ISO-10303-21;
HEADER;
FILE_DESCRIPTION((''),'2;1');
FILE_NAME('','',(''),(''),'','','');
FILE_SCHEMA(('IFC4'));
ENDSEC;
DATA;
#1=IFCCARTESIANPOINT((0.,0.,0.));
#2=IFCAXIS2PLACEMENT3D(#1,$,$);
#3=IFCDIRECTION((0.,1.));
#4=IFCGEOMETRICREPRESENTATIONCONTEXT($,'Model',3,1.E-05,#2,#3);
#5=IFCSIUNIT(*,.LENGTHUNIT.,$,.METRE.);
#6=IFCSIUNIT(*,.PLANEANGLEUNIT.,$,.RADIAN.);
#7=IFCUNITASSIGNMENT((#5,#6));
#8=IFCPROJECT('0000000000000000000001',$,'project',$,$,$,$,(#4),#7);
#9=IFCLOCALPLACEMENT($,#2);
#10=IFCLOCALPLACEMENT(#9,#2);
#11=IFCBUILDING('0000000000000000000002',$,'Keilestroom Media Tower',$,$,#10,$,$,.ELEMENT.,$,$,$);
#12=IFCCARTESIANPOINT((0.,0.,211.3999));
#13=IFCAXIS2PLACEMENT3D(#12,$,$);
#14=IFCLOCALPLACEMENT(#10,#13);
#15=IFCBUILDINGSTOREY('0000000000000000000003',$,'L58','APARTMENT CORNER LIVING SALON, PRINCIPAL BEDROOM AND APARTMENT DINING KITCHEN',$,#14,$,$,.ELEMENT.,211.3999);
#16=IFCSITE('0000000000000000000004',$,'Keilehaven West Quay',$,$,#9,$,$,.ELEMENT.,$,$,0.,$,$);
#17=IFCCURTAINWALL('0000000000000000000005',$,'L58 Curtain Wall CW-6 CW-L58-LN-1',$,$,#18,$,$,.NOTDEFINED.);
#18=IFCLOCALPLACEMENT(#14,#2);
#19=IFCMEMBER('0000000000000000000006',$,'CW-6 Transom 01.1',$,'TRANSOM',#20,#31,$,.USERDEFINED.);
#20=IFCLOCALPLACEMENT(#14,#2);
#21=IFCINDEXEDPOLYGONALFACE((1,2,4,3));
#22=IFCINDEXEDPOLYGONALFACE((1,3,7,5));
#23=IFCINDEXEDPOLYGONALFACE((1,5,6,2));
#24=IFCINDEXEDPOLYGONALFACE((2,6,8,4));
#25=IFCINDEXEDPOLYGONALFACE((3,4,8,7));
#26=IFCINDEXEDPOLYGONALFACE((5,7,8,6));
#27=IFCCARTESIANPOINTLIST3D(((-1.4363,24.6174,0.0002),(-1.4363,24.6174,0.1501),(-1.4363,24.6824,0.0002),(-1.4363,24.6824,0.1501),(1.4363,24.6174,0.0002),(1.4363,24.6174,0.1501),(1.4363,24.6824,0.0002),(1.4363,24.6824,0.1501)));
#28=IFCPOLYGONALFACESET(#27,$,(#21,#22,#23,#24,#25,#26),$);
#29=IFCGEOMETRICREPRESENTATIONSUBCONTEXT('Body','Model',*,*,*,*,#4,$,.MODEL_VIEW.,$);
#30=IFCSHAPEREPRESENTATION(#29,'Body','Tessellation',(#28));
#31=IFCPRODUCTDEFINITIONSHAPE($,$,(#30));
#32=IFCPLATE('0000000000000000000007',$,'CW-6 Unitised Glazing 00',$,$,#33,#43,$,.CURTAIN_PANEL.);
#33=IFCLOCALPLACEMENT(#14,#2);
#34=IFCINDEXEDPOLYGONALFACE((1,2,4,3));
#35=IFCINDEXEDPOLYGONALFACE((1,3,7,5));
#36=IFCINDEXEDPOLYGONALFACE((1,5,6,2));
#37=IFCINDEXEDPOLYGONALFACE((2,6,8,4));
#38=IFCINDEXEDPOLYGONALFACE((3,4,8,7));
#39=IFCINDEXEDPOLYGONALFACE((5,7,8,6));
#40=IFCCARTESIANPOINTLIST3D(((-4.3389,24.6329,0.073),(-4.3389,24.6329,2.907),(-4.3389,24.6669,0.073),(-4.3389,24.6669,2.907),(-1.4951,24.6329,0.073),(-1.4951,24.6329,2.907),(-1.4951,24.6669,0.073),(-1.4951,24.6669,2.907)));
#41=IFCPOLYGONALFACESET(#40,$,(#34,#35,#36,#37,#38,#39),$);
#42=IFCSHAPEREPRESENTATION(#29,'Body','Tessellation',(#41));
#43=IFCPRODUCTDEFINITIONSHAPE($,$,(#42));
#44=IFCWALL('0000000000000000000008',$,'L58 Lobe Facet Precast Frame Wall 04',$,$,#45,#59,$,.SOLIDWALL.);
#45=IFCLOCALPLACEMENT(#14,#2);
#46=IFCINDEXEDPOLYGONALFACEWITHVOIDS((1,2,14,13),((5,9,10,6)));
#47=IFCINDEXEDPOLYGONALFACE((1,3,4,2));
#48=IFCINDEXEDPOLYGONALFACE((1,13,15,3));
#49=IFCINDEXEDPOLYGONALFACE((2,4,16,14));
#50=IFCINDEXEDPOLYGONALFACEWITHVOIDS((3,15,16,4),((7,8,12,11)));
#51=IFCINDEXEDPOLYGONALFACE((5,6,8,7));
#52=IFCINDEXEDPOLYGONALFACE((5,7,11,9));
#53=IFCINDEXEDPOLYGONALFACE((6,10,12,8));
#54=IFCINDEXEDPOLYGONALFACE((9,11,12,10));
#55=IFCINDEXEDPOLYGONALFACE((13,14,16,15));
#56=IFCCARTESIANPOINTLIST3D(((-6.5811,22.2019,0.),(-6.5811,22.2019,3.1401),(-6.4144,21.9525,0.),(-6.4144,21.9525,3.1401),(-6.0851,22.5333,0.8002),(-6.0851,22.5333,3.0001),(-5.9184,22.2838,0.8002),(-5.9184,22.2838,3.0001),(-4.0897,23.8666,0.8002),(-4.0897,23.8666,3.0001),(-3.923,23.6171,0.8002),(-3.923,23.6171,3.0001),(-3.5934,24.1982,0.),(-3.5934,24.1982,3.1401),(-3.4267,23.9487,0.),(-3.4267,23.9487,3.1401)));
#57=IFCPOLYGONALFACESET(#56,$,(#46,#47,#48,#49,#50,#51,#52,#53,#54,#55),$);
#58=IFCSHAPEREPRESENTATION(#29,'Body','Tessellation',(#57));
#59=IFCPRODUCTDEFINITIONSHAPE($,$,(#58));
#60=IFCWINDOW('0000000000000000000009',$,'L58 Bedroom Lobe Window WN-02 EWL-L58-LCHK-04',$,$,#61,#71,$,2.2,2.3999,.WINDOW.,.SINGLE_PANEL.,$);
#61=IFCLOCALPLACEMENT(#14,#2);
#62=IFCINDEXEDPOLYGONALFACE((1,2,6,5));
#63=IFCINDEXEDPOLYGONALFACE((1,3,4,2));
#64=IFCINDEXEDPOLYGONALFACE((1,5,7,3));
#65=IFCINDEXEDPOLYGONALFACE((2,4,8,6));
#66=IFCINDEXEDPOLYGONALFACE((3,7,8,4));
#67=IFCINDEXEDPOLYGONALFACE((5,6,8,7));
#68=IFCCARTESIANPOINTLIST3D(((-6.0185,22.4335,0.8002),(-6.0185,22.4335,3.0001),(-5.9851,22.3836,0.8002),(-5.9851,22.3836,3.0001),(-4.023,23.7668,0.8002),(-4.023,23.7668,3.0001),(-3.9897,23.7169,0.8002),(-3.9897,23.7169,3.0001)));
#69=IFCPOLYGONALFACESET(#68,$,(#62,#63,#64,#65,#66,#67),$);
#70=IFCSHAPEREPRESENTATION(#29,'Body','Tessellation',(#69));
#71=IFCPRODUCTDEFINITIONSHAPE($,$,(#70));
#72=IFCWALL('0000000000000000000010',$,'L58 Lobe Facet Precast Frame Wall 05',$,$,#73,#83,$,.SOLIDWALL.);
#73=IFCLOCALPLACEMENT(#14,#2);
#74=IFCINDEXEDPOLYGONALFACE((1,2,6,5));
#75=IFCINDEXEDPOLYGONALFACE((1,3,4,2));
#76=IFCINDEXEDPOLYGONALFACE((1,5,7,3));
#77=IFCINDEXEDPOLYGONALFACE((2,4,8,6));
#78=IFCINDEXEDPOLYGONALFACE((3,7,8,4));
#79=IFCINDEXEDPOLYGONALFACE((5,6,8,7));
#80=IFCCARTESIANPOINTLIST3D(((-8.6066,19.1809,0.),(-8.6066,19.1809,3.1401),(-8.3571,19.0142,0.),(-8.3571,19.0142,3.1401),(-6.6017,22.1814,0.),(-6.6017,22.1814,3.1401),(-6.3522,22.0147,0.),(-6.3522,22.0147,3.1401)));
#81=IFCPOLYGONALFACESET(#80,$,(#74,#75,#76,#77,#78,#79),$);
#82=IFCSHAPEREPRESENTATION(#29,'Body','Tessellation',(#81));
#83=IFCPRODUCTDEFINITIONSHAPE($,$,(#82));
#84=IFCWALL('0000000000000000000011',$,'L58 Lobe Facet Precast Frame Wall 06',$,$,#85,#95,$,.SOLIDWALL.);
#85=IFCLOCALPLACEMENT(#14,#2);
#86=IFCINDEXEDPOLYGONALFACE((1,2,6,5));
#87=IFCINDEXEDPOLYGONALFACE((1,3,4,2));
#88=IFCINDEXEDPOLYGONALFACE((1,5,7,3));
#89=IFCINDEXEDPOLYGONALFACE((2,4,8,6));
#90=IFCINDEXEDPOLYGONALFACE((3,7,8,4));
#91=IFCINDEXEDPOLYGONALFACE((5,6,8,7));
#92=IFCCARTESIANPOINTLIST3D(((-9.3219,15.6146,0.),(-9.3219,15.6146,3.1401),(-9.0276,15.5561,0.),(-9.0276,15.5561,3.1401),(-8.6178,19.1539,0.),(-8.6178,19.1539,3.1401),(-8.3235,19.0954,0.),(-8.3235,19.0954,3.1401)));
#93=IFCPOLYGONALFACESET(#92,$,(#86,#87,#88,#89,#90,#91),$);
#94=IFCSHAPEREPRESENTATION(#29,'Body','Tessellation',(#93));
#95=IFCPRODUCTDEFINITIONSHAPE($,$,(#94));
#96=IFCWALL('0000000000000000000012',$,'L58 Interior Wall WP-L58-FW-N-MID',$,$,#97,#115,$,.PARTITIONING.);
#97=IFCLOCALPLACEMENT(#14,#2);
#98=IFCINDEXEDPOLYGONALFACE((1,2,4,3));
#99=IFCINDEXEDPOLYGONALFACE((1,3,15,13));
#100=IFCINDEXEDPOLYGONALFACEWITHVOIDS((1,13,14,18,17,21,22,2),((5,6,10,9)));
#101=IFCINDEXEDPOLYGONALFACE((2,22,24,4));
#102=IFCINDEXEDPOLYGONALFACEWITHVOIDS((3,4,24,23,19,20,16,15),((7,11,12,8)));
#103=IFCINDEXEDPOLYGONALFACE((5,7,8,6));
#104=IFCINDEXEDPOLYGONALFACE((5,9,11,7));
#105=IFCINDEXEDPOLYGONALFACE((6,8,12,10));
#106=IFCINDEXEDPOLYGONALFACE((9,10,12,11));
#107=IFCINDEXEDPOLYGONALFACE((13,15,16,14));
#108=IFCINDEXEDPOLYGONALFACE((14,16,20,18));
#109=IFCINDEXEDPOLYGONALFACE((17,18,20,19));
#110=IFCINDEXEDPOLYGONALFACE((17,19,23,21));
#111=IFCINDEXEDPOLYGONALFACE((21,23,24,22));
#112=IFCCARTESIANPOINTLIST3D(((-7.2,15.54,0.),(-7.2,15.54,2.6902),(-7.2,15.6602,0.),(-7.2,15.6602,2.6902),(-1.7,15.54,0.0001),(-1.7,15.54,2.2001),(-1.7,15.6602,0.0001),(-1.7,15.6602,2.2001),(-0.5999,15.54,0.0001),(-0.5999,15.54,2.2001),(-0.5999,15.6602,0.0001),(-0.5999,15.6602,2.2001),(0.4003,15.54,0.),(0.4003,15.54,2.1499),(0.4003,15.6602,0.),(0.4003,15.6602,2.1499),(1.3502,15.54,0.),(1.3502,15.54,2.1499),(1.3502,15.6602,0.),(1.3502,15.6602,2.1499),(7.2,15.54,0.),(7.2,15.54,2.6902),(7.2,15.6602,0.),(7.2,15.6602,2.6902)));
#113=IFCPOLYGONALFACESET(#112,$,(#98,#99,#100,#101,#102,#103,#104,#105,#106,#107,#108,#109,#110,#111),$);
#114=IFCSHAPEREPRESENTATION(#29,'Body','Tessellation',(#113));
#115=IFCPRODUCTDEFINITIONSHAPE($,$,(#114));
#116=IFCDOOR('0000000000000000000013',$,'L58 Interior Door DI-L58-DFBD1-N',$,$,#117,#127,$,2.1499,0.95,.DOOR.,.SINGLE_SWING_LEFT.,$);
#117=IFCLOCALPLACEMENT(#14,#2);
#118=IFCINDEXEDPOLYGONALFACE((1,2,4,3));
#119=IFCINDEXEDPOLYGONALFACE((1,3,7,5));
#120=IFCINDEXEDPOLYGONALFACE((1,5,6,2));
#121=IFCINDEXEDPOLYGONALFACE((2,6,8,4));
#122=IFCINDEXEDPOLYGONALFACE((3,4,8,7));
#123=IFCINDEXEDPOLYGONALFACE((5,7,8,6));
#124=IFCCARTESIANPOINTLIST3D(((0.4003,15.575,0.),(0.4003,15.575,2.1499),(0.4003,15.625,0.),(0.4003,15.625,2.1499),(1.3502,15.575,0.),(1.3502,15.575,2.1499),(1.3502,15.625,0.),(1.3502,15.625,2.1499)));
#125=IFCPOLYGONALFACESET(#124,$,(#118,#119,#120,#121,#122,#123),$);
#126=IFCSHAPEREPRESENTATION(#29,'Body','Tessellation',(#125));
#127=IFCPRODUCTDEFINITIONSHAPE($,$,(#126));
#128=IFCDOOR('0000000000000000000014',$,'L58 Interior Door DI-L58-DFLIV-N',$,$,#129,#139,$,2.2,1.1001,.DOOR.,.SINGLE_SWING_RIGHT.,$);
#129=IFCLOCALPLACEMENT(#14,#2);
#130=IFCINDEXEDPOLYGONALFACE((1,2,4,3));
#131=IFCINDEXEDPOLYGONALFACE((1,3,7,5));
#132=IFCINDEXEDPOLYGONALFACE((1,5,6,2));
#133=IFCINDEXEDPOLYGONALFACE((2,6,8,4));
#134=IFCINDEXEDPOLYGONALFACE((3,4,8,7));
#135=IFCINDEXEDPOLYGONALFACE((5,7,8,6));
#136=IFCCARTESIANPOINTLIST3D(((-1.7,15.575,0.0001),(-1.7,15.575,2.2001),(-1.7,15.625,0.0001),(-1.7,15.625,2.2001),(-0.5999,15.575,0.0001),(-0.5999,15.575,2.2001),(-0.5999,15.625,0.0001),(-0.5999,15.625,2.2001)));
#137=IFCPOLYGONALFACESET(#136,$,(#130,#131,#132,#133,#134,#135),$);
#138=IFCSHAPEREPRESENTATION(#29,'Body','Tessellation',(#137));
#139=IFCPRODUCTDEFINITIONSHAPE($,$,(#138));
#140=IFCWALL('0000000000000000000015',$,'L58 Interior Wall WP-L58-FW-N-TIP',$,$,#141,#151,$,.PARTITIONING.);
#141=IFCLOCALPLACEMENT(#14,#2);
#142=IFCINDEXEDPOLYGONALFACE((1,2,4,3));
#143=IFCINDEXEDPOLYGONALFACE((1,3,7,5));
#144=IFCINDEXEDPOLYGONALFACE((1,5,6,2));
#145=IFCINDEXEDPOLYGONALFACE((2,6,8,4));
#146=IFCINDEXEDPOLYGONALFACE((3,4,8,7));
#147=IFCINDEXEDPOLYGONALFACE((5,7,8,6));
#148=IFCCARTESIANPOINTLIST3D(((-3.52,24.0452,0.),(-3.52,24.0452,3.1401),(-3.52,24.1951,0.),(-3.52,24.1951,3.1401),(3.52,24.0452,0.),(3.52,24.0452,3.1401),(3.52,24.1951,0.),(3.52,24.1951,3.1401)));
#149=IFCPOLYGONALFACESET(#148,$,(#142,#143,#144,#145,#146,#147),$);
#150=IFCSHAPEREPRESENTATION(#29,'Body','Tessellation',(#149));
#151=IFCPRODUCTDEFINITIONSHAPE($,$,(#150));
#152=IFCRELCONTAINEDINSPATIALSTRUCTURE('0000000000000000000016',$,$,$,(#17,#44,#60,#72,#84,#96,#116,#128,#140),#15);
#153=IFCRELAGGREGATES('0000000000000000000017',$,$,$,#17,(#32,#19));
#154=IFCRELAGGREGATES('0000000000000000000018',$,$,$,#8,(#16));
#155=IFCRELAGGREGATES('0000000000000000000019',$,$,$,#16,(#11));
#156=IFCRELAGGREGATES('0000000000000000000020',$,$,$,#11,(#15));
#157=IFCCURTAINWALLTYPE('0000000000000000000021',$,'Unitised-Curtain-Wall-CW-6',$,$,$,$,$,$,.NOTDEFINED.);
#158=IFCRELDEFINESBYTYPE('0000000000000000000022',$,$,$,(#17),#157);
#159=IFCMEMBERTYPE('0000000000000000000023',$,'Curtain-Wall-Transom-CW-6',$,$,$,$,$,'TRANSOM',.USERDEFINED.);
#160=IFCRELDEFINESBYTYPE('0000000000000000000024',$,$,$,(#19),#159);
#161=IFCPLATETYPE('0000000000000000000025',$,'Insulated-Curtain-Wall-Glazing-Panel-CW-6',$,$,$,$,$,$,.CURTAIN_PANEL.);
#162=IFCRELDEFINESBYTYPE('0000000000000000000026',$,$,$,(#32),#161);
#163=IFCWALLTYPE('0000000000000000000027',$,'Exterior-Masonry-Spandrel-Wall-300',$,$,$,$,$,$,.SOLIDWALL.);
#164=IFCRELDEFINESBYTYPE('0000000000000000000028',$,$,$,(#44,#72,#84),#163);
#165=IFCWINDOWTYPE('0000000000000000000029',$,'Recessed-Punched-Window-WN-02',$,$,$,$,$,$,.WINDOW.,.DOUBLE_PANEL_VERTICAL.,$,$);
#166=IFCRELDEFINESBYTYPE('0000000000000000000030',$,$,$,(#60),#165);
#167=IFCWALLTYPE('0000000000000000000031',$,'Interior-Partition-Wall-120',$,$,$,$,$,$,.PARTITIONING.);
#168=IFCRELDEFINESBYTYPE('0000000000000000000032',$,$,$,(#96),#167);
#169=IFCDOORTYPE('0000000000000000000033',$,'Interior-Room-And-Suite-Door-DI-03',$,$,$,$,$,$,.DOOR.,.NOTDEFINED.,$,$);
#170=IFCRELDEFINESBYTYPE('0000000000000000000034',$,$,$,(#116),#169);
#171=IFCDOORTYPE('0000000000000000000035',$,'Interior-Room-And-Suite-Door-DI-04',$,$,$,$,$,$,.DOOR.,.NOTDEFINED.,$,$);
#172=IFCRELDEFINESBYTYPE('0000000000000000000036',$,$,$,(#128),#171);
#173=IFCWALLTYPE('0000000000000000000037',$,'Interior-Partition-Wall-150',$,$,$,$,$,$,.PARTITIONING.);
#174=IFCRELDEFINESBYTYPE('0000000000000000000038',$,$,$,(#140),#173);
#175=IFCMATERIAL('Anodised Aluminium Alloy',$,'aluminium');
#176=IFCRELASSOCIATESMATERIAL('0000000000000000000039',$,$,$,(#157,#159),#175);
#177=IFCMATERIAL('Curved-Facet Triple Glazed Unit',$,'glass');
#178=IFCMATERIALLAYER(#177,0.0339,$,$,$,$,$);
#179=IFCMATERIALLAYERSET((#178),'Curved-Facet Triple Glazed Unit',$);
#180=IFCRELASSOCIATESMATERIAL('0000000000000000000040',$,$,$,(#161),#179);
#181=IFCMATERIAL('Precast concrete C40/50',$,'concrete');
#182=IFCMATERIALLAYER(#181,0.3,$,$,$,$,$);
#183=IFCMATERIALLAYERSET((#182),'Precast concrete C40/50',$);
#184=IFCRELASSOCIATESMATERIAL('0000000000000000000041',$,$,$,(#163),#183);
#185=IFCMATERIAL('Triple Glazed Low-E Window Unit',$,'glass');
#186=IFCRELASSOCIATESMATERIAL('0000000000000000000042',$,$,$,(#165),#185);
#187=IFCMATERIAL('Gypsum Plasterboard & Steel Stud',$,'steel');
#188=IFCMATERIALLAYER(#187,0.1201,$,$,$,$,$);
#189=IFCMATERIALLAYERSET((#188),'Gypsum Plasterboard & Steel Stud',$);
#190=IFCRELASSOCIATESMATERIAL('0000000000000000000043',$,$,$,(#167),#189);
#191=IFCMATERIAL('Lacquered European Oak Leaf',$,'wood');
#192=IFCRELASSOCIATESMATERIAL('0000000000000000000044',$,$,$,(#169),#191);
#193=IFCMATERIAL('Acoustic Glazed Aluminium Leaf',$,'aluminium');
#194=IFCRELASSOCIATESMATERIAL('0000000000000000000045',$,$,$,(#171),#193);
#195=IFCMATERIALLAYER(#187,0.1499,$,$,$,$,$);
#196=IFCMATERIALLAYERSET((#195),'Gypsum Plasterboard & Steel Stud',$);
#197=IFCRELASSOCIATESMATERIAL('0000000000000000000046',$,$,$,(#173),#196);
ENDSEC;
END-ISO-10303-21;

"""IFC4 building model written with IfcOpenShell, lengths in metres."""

from ifc_helpers import new_model, si_unit, direction, frame, frame_2d, origin, origin_2d, place, context, subcontext, project, spatial, rectangle, extrude, source, transform, mapped, material, layer, layer_set, material_profile, profile_set, type_object, element, fill, aggregate, save


model = new_model("IFC4")

# Units and contexts
model_context = context("Model", 3, precision=1e-05, world=origin(), true_north=direction((0.0, 1.0)))
body_context = subcontext(model_context, "Body", "Model", "MODEL_VIEW")
ifc_project = project(units=[si_unit("LENGTHUNIT", "METRE"), si_unit("PLANEANGLEUNIT", "RADIAN")], contexts=[model_context])

# Site, building, storey
site_placement = place(None, origin())
site = spatial("IfcSite", under=ifc_project, at=site_placement, Name="Keilehaven West Quay", CompositionType="ELEMENT", RefElevation=0.0)
building_placement = place(site_placement, origin())
building = spatial("IfcBuilding", under=site, at=building_placement, Name="Keilestroom Media Tower", CompositionType="ELEMENT")
storey_placement = place(building_placement, frame((0.0, 0.0, 211.3999)))
storey = spatial("IfcBuildingStorey", under=building, at=storey_placement, Name="L58", Description="APARTMENT CORNER LIVING SALON, PRINCIPAL BEDROOM AND APARTMENT DINING KITCHEN", CompositionType="ELEMENT", Elevation=211.3999)

# Curtain wall, member, plate
ifc_material_1 = material(Name="Anodised Aluminium Alloy", Category="aluminium")
curtain_wall_type = type_object("IfcCurtainWallType", Name="Unitised-Curtain-Wall-CW-6", PredefinedType="NOTDEFINED", material=ifc_material_1)
curtain_wall_placement = place(storey_placement, origin())
curtain_wall = element("IfcCurtainWall", 1, at=curtain_wall_placement, inside=storey, type_object=curtain_wall_type, Name="L58 Curtain Wall CW-6 CW-L58-LN-1", PredefinedType="NOTDEFINED")
ifc_material_profile_1 = material_profile(ifc_material_1, rectangle(XDim=0.0649, YDim=0.1499, at=origin_2d()), Name="ALU TRANSOM 65x150")
ifc_profile_set_1 = profile_set([ifc_material_profile_1], Name="Anodised Aluminium Alloy")
member_type_1 = type_object("IfcMemberType", Name="Curtain-Wall-Transom-CW-6", ElementType="TRANSOM", PredefinedType="USERDEFINED", material=ifc_profile_set_1)
shared_shape_1 = source(origin(), body_context, "Body", "SweptSolid", [
    extrude(rectangle(XDim=0.0649, YDim=0.1499, at=origin_2d()), origin(), (0.0, 0.0, 1.0), 2.8726),
])
member_1_placement = place(storey_placement, frame((-1.4363, 24.6499, 0.0752), z_axis=(1.0, 0.0, 0.0), x_axis=(0.0, 1.0, 0.0)))
member_1 = element("IfcMember", 2, at=member_1_placement, type_object=member_type_1, Name="CW-6 Transom 01.1", ObjectType="TRANSOM", PredefinedType="USERDEFINED", context=body_context, shape_type="MappedRepresentation", body=[
    mapped(shared_shape_1, transform((0.0, 0.0, 0.0), x_axis=(1.0, 0.0, 0.0), y_axis=(0.0, 1.0, 0.0), z_axis=(0.0, 0.0, 1.0), scale=1.0)),
])
ifc_material_2 = material(Name="Curved-Facet Triple Glazed Unit", Category="glass")
ifc_layer_1 = layer(ifc_material_2, 0.0339)
ifc_layer_set_1 = layer_set([ifc_layer_1], Name="Curved-Facet Triple Glazed Unit")
plate_type = type_object("IfcPlateType", Name="Insulated-Curtain-Wall-Glazing-Panel-CW-6", PredefinedType="CURTAIN_PANEL", material=ifc_layer_set_1)
shared_shape_2 = source(origin(), body_context, "Body", "SweptSolid", [
    extrude(rectangle(XDim=2.8438, YDim=0.0339, at=origin_2d()), origin(), (0.0, 0.0, 1.0), 2.834),
])
plate_placement = place(storey_placement, frame((-2.917, 24.6499, 0.073), z_axis=(0.0, 0.0, 1.0), x_axis=(1.0, 0.0, 0.0)))
plate = element("IfcPlate", 3, at=plate_placement, type_object=plate_type, Name="CW-6 Unitised Glazing 00", PredefinedType="CURTAIN_PANEL", context=body_context, shape_type="MappedRepresentation", body=[
    mapped(shared_shape_2, transform((0.0, 0.0, 0.0), x_axis=(1.0, 0.0, 0.0), y_axis=(0.0, 1.0, 0.0), z_axis=(0.0, 0.0, 1.0), scale=1.0)),
])
aggregate(curtain_wall, [plate, member_1])

# Wall, opening, window
ifc_material_3 = material(Name="Precast concrete C40/50", Category="concrete")
ifc_layer_2 = layer(ifc_material_3, 0.3)
ifc_layer_set_2 = layer_set([ifc_layer_2], Name="Precast concrete C40/50")
wall_type_1 = type_object("IfcWallType", Name="Exterior-Masonry-Spandrel-Wall-300", PredefinedType="SOLIDWALL", material=ifc_layer_set_2)
wall_1_placement = place(storey_placement, frame((-3.51, 24.0735, 0.0), z_axis=(0.0, 0.0, 1.0), x_axis=(-0.831475, -0.555562, 0.0)))
wall_1 = element("IfcWall", 4, at=wall_1_placement, inside=storey, type_object=wall_type_1, Name="L58 Lobe Facet Precast Frame Wall 04", PredefinedType="SOLIDWALL", context=body_context, shape_type="SweptSolid", body=[
    extrude(rectangle(XDim=3.5933, YDim=0.3, at=frame_2d((1.7966, 0.0))), origin(), (0.0, 0.0, 1.0), 3.1401),
])
opening_1_placement = place(wall_1_placement, frame((0.5969, 0.0, 0.8)))
opening_1 = element("IfcOpeningElement", 5, at=opening_1_placement, cuts=wall_1, PredefinedType="OPENING", context=body_context, shape_type="SweptSolid", body=[
    extrude(rectangle(XDim=2.3999, YDim=2.2, at=frame_2d((1.2, 1.1001))), frame((0.0, 0.1602, 0.0), z_axis=(0.0, -1.0, 0.0), x_axis=(1.0, 0.0, 0.0)), (0.0, 0.0, 1.0), 0.3201),
])
ifc_material_4 = material(Name="Triple Glazed Low-E Window Unit", Category="glass")
window_type = type_object("IfcWindowType", Name="Recessed-Punched-Window-WN-02", PartitioningType="DOUBLE_PANEL_VERTICAL", PredefinedType="WINDOW", material=ifc_material_4)
shared_shape_3 = source(origin(), body_context, "Body", "SweptSolid", [
    extrude(rectangle(XDim=2.3999, YDim=2.2, at=frame_2d((1.2, 1.1001))), frame((0.0, 0.03, 0.0), z_axis=(0.0, -1.0, 0.0), x_axis=(1.0, 0.0, 0.0)), (0.0, 0.0, 1.0), 0.0601),
])
window_placement = place(opening_1_placement, origin())
window = element("IfcWindow", 6, at=window_placement, inside=storey, type_object=window_type, Name="L58 Bedroom Lobe Window WN-02 EWL-L58-LCHK-04", OverallHeight=2.2, OverallWidth=2.3999, PartitioningType="SINGLE_PANEL", PredefinedType="WINDOW", context=body_context, shape_type="MappedRepresentation", body=[
    mapped(shared_shape_3, transform((0.0, 0.0, 0.0), x_axis=(1.0, 0.0, 0.0), y_axis=(0.0, 1.0, 0.0), z_axis=(0.0, 0.0, 1.0), scale=1.0)),
])
fill(opening_1, window)

# Walls
for number, where, z_axis, x_axis, name in (
    (7, (-6.4771, 22.0979, 0.0), (0.0, 0.0, 1.0), (-0.555574, -0.831467, 0.0), "L58 Lobe Facet Precast Frame Wall 05"),
    (8, (-8.4707, 19.1245, 0.0), (0.0, 0.0, 1.0), (-0.195114, -0.980781, 0.0), "L58 Lobe Facet Precast Frame Wall 06"),
):
    element("IfcWall", number, at=place(storey_placement, frame(where, z_axis=z_axis, x_axis=x_axis)), inside=storey, type_object=wall_type_1, Name=name, PredefinedType="SOLIDWALL", context=body_context, shape_type="SweptSolid", body=[
        extrude(rectangle(XDim=3.6086, YDim=0.3, at=frame_2d((1.8042, 0.0))), origin(), (0.0, 0.0, 1.0), 3.1401),
    ])

# Wall, openings, doors
ifc_material_5 = material(Name="Gypsum Plasterboard & Steel Stud", Category="steel")
ifc_layer_3 = layer(ifc_material_5, 0.1201)
ifc_layer_set_3 = layer_set([ifc_layer_3], Name="Gypsum Plasterboard & Steel Stud")
wall_type_2 = type_object("IfcWallType", Name="Interior-Partition-Wall-120", PredefinedType="PARTITIONING", material=ifc_layer_set_3)
wall_2_placement = place(storey_placement, frame((-7.2, 15.6001, 0.0), z_axis=(0.0, 0.0, 1.0), x_axis=(1.0, 0.0, 0.0)))
wall_2 = element("IfcWall", 9, at=wall_2_placement, inside=storey, type_object=wall_type_2, Name="L58 Interior Wall WP-L58-FW-N-MID", PredefinedType="PARTITIONING", context=body_context, shape_type="SweptSolid", body=[
    extrude(rectangle(XDim=14.3999, YDim=0.1201, at=frame_2d((7.2, 0.0))), origin(), (0.0, 0.0, 1.0), 2.6902),
])
opening_2_placement = place(wall_2_placement, frame((5.5, 0.0, 0.0)))
opening_2 = element("IfcOpeningElement", 10, at=opening_2_placement, cuts=wall_2, PredefinedType="OPENING", context=body_context, shape_type="SweptSolid", body=[
    extrude(rectangle(XDim=1.1001, YDim=2.2, at=frame_2d((0.55, 1.1001))), frame((0.0, 0.0701, 0.0), z_axis=(0.0, -1.0, 0.0), x_axis=(1.0, 0.0, 0.0)), (0.0, 0.0, 1.0), 0.1401),
])
opening_3_placement = place(wall_2_placement, frame((7.6001, 0.0, 0.0)))
opening_3 = element("IfcOpeningElement", 11, at=opening_3_placement, cuts=wall_2, PredefinedType="OPENING", context=body_context, shape_type="SweptSolid", body=[
    extrude(rectangle(XDim=0.95, YDim=2.1499, at=frame_2d((0.4751, 1.075))), frame((0.0, 0.0701, 0.0), z_axis=(0.0, -1.0, 0.0), x_axis=(1.0, 0.0, 0.0)), (0.0, 0.0, 1.0), 0.1401),
])
ifc_material_6 = material(Name="Lacquered European Oak Leaf", Category="wood")
door_type_1 = type_object("IfcDoorType", Name="Interior-Room-And-Suite-Door-DI-03", OperationType="NOTDEFINED", PredefinedType="DOOR", material=ifc_material_6)
shared_shape_4 = source(origin(), body_context, "Body", "SweptSolid", [
    extrude(rectangle(XDim=0.95, YDim=2.1499, at=frame_2d((0.4751, 1.075))), frame((0.0, 0.0249, 0.0), z_axis=(0.0, -1.0, 0.0), x_axis=(1.0, 0.0, 0.0)), (0.0, 0.0, 1.0), 0.05),
])
door_1_placement = place(opening_3_placement, origin())
door_1 = element("IfcDoor", 12, at=door_1_placement, inside=storey, type_object=door_type_1, Name="L58 Interior Door DI-L58-DFBD1-N", OperationType="SINGLE_SWING_LEFT", OverallHeight=2.1499, OverallWidth=0.95, PredefinedType="DOOR", context=body_context, shape_type="MappedRepresentation", body=[
    mapped(shared_shape_4, transform((0.0, 0.0, 0.0), x_axis=(1.0, 0.0, 0.0), y_axis=(0.0, 1.0, 0.0), z_axis=(0.0, 0.0, 1.0), scale=1.0)),
])
fill(opening_3, door_1)
ifc_material_7 = material(Name="Acoustic Glazed Aluminium Leaf", Category="aluminium")
door_type_2 = type_object("IfcDoorType", Name="Interior-Room-And-Suite-Door-DI-04", OperationType="NOTDEFINED", PredefinedType="DOOR", material=ifc_material_7)
shared_shape_5 = source(origin(), body_context, "Body", "SweptSolid", [
    extrude(rectangle(XDim=1.1001, YDim=2.2, at=frame_2d((0.55, 1.1001))), frame((0.0, 0.0249, 0.0), z_axis=(0.0, -1.0, 0.0), x_axis=(1.0, 0.0, 0.0)), (0.0, 0.0, 1.0), 0.05),
])
door_2_placement = place(opening_2_placement, origin())
door_2 = element("IfcDoor", 13, at=door_2_placement, inside=storey, type_object=door_type_2, Name="L58 Interior Door DI-L58-DFLIV-N", OperationType="SINGLE_SWING_RIGHT", OverallHeight=2.2, OverallWidth=1.1001, PredefinedType="DOOR", context=body_context, shape_type="MappedRepresentation", body=[
    mapped(shared_shape_5, transform((0.0, 0.0, 0.0), x_axis=(1.0, 0.0, 0.0), y_axis=(0.0, 1.0, 0.0), z_axis=(0.0, 0.0, 1.0), scale=1.0)),
])
fill(opening_2, door_2)

# Wall
ifc_layer_4 = layer(ifc_material_5, 0.1499)
ifc_layer_set_4 = layer_set([ifc_layer_4], Name="Gypsum Plasterboard & Steel Stud")
wall_type_3 = type_object("IfcWallType", Name="Interior-Partition-Wall-150", PredefinedType="PARTITIONING", material=ifc_layer_set_4)
wall_3_placement = place(storey_placement, frame((-3.52, 24.1201, 0.0), z_axis=(0.0, 0.0, 1.0), x_axis=(1.0, 0.0, 0.0)))
element("IfcWall", 14, at=wall_3_placement, inside=storey, type_object=wall_type_3, Name="L58 Interior Wall WP-L58-FW-N-TIP", PredefinedType="PARTITIONING", context=body_context, shape_type="SweptSolid", body=[
    extrude(rectangle(XDim=7.04, YDim=0.1499, at=frame_2d((3.52, 0.0))), origin(), (0.0, 0.0, 1.0), 3.1401),
])

save(model, "model.ifc")
